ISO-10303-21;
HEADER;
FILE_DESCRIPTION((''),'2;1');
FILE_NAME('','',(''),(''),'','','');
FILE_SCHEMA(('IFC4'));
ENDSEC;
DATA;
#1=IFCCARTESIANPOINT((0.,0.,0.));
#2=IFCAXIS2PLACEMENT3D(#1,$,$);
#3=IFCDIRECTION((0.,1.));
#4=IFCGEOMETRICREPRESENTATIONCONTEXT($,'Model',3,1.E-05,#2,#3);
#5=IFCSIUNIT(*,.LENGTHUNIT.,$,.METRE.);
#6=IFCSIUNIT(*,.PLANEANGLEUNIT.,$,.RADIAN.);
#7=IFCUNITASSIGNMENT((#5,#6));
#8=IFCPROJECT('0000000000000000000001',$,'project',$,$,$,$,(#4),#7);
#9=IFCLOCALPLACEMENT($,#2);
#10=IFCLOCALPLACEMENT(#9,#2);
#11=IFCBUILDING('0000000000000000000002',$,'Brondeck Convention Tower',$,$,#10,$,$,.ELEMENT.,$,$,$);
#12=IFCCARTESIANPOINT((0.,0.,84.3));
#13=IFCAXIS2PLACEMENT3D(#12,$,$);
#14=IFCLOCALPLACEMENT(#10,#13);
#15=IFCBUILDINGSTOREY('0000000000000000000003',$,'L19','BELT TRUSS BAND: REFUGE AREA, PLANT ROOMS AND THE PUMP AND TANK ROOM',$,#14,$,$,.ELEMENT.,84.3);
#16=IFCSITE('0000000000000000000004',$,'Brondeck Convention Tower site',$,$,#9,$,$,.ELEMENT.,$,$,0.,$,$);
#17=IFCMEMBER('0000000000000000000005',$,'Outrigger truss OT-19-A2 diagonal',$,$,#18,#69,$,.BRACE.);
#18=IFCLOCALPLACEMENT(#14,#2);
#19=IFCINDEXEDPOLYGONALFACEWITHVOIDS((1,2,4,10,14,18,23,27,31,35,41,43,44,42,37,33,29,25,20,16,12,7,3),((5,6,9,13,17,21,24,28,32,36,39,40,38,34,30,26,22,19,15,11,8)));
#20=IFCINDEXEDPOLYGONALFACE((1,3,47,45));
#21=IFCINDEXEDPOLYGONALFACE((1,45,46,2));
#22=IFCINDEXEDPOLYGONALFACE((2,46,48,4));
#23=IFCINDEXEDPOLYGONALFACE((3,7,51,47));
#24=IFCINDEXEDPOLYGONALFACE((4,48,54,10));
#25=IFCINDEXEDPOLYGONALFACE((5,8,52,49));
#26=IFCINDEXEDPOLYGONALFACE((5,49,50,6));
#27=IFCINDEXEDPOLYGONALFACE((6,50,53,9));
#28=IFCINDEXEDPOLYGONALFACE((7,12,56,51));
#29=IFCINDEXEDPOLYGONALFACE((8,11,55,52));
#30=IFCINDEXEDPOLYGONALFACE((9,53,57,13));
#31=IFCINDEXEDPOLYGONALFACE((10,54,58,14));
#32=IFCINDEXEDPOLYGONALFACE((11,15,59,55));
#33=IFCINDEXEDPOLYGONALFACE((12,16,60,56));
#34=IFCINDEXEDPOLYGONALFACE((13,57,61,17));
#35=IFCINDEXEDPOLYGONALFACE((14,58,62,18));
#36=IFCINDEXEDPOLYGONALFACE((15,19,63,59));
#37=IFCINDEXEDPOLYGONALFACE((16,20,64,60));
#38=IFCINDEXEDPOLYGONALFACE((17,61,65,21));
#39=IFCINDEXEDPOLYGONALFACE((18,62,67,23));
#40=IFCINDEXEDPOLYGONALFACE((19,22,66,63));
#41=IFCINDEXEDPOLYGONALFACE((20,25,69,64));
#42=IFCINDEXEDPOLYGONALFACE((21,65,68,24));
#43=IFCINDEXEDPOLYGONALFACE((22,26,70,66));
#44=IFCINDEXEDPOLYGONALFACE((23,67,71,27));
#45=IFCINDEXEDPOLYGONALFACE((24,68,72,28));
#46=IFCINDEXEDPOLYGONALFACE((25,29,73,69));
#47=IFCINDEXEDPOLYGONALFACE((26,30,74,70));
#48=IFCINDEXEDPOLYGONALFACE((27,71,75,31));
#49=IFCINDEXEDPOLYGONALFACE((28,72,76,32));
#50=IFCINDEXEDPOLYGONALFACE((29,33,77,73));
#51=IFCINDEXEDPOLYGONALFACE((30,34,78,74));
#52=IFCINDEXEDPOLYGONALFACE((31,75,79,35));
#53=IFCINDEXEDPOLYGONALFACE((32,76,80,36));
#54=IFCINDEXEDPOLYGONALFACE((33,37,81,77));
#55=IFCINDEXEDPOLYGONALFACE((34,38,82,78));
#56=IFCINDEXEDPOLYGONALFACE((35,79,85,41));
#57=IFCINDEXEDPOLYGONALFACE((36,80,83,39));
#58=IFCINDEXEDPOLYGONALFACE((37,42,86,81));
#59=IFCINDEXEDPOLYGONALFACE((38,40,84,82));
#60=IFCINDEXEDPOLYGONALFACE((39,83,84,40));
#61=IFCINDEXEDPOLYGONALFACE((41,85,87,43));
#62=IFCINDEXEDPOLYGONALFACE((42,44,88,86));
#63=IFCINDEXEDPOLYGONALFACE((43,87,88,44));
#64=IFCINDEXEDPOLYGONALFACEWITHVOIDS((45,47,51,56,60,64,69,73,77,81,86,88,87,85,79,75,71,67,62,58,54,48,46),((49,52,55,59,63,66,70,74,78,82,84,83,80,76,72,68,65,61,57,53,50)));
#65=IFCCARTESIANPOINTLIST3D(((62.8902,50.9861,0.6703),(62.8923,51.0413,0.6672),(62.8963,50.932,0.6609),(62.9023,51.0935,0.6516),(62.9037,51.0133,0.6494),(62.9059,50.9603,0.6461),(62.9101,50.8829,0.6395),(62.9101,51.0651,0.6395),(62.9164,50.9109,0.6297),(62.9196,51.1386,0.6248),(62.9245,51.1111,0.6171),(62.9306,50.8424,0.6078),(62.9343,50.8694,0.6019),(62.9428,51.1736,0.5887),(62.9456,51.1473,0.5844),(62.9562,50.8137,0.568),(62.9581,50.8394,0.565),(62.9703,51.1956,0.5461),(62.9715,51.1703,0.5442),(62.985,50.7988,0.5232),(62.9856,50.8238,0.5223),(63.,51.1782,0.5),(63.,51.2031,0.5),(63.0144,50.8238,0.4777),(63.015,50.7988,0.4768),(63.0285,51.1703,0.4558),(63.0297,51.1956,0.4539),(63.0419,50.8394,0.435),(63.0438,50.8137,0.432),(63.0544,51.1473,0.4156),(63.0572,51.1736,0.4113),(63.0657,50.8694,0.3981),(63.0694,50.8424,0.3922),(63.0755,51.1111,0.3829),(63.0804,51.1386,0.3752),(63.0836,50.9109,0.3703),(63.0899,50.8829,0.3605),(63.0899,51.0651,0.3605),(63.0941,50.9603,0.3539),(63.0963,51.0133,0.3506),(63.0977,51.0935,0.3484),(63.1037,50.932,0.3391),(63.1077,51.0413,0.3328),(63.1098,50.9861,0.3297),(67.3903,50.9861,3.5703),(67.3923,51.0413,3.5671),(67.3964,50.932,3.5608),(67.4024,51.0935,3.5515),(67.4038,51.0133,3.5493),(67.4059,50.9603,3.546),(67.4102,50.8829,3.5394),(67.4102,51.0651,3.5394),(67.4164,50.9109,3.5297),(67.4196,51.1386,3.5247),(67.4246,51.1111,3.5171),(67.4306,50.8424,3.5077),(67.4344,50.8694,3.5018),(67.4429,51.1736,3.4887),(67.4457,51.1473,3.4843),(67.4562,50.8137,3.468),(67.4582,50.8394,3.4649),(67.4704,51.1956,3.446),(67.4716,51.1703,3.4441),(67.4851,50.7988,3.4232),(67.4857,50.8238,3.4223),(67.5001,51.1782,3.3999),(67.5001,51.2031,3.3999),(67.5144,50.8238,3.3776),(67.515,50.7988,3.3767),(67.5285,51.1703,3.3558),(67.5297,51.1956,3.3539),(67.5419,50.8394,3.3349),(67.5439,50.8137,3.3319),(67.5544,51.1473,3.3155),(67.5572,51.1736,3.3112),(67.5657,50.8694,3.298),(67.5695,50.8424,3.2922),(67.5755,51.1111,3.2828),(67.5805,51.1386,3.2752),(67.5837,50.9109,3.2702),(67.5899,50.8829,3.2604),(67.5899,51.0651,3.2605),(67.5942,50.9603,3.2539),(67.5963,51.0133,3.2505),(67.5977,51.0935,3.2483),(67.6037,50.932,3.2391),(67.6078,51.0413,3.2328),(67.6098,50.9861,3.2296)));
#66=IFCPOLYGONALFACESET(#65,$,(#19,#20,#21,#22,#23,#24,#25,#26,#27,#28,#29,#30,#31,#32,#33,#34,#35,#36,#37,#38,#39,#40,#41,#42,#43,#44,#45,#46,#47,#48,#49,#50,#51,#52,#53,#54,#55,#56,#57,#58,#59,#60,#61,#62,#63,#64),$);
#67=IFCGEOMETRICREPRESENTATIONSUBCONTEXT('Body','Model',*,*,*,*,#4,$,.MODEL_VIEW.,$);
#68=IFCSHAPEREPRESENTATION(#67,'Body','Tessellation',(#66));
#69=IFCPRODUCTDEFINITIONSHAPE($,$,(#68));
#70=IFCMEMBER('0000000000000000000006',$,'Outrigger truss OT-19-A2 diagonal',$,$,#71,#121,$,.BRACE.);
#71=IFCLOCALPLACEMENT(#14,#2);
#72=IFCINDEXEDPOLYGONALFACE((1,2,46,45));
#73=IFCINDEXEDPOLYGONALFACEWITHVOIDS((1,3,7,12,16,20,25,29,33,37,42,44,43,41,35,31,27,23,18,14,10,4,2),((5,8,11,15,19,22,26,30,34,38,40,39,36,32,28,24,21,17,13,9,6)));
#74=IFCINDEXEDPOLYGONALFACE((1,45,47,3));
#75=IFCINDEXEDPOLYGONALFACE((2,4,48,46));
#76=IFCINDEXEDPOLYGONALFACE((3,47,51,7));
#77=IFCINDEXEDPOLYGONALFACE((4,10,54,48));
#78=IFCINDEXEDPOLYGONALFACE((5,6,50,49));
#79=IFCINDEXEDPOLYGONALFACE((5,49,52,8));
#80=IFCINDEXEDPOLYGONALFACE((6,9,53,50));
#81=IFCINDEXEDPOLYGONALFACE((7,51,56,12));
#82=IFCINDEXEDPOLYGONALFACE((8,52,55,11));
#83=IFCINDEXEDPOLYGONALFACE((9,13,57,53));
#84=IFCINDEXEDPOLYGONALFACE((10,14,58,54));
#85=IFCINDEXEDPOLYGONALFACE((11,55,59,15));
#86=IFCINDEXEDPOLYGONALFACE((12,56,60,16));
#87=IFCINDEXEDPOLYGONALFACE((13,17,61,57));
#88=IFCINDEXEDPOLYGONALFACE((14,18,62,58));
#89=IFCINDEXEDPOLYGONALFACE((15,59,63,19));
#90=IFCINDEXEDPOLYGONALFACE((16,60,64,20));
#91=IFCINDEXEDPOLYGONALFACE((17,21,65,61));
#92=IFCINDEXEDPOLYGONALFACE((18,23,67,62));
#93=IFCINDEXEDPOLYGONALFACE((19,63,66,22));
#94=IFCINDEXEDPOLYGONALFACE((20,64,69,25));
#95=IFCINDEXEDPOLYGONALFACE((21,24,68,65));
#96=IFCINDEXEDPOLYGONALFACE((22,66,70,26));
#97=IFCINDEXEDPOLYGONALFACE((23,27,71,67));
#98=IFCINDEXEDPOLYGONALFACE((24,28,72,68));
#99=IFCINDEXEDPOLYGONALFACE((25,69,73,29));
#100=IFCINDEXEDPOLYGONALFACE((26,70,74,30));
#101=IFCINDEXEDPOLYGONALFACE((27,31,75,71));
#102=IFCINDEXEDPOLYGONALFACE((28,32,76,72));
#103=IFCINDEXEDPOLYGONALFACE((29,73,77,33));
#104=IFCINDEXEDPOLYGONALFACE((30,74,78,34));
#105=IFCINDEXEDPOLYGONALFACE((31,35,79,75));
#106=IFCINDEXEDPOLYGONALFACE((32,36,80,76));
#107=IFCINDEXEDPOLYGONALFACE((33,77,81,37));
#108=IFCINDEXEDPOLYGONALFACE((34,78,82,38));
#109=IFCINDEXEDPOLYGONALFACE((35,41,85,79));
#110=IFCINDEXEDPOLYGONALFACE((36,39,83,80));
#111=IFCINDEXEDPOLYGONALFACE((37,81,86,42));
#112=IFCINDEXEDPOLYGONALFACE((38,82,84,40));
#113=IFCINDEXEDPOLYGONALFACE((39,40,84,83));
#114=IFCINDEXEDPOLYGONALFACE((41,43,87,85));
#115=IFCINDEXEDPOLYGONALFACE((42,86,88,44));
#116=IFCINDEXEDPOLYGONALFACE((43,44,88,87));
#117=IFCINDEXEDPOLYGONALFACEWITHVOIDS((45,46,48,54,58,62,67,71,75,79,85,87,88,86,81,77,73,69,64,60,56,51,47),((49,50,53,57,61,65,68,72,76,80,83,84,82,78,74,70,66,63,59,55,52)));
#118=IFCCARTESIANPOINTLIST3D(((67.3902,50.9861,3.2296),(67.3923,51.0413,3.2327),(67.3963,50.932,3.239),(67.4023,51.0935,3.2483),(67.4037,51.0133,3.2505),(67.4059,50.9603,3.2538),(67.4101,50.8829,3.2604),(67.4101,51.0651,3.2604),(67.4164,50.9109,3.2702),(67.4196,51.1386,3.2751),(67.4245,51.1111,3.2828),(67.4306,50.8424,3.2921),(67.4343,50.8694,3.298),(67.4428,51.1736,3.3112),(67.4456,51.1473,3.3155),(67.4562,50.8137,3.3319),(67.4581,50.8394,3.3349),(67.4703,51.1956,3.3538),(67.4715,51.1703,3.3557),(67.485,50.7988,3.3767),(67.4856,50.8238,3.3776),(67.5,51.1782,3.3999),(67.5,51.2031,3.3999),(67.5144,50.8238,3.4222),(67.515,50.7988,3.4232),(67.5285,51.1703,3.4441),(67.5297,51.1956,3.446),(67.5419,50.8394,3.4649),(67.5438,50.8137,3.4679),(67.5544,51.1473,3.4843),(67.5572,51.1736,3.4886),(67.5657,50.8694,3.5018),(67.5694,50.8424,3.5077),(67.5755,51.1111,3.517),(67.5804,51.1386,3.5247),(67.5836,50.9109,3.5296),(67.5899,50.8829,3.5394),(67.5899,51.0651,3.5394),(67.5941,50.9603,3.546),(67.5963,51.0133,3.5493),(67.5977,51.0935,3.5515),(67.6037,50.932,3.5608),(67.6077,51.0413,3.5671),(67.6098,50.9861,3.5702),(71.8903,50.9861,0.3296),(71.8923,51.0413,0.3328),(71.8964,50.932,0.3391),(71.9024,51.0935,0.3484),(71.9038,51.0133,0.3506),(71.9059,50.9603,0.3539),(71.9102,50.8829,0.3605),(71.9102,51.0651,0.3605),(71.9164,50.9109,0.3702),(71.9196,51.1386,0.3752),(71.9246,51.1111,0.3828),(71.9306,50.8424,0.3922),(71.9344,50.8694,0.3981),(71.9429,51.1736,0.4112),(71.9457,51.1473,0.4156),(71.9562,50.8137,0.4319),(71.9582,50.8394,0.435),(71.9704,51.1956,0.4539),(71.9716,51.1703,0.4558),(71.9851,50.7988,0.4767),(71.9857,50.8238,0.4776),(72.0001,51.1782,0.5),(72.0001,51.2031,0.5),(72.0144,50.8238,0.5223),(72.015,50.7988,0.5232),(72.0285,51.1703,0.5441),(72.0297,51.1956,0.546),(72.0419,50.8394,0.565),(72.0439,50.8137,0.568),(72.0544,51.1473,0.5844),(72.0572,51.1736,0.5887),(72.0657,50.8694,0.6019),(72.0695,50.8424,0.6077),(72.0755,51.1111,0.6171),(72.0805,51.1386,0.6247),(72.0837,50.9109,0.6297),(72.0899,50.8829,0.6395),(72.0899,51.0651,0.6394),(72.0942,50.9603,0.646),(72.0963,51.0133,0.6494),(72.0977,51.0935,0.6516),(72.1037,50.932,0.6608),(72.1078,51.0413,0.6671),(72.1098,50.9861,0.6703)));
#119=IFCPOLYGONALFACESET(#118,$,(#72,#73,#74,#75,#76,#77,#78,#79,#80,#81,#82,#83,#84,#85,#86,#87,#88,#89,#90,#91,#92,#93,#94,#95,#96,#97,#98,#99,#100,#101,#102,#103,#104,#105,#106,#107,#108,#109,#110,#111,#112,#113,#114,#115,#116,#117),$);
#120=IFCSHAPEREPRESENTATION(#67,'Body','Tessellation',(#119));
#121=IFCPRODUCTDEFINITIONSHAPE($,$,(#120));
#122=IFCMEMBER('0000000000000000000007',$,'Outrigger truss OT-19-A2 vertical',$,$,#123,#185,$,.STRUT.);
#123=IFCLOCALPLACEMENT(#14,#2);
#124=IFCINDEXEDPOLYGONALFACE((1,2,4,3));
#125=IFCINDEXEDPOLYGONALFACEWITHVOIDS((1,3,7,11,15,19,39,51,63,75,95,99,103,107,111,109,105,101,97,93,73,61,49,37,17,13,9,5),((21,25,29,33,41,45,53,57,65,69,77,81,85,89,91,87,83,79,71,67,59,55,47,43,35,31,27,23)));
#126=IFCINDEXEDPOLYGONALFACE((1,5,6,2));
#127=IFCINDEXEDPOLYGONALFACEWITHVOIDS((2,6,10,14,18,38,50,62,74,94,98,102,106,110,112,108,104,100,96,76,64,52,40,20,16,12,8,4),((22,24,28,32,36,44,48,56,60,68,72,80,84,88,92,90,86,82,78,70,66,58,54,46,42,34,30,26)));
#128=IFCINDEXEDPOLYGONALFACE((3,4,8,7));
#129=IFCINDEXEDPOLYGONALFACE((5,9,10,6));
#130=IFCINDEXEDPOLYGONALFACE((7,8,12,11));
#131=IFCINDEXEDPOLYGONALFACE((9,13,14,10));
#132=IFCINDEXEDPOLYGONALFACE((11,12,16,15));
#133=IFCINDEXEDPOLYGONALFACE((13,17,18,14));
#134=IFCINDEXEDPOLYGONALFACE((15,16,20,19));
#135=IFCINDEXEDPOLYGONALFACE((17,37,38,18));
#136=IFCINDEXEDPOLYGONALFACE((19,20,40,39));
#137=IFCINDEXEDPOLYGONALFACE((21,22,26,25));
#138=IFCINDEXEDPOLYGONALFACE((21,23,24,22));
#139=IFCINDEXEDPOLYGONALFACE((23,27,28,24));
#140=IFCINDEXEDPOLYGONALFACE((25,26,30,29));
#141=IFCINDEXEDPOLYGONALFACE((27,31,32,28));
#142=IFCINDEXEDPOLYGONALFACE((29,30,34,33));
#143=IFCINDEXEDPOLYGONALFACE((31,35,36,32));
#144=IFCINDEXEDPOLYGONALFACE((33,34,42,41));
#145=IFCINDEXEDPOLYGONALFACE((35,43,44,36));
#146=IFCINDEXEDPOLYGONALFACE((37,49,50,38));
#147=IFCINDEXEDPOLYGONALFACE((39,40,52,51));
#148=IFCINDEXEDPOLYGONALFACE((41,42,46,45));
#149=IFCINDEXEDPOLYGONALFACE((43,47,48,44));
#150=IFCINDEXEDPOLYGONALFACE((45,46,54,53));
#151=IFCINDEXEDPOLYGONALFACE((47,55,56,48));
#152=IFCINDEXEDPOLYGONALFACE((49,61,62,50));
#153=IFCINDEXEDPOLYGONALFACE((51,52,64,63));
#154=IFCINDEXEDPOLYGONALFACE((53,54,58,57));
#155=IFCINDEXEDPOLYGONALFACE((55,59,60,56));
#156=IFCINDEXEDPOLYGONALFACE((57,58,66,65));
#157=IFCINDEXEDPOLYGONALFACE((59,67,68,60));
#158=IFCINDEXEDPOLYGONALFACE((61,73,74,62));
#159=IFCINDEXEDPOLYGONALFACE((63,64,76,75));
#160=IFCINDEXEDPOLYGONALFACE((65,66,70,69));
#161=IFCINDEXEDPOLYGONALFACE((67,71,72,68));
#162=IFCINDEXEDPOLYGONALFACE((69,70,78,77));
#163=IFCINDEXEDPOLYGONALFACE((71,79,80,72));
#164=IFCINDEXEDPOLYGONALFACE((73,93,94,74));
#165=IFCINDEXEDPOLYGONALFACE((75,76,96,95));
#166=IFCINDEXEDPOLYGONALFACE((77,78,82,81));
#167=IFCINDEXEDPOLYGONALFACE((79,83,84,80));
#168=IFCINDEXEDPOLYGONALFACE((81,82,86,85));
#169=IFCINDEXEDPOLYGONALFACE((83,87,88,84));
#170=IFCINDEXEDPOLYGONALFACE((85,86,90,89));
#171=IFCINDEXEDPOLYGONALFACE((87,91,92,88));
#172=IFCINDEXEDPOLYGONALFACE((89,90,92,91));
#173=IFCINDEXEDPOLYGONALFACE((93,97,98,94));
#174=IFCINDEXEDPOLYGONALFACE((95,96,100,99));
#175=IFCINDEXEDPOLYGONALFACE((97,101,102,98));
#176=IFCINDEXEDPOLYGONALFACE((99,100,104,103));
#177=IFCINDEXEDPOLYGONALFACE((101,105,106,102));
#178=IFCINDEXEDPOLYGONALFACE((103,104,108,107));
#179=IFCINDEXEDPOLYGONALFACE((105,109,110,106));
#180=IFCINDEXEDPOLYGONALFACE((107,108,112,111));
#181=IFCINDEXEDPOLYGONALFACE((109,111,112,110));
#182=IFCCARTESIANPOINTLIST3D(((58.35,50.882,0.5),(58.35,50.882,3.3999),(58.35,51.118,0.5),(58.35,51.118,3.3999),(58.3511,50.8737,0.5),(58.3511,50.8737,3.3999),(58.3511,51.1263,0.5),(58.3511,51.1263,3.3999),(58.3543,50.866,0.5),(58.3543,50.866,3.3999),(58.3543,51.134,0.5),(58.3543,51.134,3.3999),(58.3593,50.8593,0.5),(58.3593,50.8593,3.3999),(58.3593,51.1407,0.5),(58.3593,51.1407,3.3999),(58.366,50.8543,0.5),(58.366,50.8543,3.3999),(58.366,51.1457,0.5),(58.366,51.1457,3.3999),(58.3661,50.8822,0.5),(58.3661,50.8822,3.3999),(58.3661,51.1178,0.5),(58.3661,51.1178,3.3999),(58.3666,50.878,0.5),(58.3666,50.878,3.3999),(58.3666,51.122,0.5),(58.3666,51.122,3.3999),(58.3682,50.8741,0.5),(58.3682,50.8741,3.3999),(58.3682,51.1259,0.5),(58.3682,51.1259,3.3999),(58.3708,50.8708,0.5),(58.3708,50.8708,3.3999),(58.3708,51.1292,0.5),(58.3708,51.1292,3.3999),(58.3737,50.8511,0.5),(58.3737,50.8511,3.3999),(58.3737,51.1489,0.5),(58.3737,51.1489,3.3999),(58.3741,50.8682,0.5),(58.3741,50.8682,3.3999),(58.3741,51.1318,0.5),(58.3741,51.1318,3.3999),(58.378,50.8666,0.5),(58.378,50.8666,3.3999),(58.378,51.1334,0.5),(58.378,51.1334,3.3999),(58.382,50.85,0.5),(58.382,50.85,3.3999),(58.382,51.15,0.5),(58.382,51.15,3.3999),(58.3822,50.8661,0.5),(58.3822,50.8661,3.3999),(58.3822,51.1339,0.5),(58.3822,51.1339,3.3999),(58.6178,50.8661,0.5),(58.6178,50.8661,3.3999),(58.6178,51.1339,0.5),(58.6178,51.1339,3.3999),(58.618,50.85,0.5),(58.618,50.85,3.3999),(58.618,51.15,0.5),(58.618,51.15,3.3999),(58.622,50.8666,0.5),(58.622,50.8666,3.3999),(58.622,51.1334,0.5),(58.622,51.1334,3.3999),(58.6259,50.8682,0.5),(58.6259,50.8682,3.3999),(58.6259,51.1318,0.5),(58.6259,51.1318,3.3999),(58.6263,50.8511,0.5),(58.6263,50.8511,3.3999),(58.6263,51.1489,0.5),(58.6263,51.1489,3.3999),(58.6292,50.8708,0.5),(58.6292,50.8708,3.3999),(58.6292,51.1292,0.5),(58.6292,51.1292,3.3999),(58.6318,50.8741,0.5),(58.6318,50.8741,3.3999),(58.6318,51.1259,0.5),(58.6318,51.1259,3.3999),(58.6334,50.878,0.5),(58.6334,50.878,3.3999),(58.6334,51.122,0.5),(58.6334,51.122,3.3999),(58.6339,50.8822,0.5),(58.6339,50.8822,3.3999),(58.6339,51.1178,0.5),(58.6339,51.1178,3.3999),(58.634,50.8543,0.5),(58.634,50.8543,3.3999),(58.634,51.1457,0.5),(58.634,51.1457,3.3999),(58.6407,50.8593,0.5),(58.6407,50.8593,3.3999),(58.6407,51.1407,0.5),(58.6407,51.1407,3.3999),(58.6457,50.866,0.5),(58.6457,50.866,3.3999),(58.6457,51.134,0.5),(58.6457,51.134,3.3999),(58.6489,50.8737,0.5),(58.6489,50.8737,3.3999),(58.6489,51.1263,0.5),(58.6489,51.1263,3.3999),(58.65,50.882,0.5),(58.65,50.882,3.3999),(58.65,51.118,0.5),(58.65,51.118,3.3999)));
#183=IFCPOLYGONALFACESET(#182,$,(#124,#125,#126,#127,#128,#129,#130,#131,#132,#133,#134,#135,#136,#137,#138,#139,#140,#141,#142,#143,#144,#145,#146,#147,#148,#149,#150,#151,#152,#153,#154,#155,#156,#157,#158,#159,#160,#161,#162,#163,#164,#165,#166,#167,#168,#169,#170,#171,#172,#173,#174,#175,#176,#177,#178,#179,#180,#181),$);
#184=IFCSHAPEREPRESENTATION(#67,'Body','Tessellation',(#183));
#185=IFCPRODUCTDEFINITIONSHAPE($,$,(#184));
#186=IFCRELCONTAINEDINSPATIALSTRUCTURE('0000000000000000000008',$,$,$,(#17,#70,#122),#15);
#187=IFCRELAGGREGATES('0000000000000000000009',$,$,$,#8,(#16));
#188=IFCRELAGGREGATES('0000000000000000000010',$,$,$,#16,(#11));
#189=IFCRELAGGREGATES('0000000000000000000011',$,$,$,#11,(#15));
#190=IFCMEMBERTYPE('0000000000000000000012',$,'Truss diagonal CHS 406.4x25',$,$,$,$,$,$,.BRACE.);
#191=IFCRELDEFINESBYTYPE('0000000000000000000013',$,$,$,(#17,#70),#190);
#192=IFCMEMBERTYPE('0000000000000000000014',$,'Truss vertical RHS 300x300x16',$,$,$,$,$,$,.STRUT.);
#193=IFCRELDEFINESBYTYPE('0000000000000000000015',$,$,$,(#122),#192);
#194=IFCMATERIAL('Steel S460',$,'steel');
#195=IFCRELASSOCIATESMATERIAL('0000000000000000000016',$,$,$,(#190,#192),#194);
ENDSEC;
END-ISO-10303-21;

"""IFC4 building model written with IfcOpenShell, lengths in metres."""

from ifc_helpers import new_model, si_unit, direction, frame, origin, origin_2d, place, context, subcontext, project, spatial, hollow_rectangle, hollow_circle, extrude, material, material_profile, profile_set, type_object, element, save


model = new_model("IFC4")

# Units and contexts
model_context = context("Model", 3, precision=1e-05, world=origin(), true_north=direction((0.0, 1.0)))
body_context = subcontext(model_context, "Body", "Model", "MODEL_VIEW")
ifc_project = project(units=[si_unit("LENGTHUNIT", "METRE"), si_unit("PLANEANGLEUNIT", "RADIAN")], contexts=[model_context])

# Site, building, storey
site_placement = place(None, origin())
site = spatial("IfcSite", under=ifc_project, at=site_placement, Name="Brondeck Convention Tower site", CompositionType="ELEMENT", RefElevation=0.0)
building_placement = place(site_placement, origin())
building = spatial("IfcBuilding", under=site, at=building_placement, Name="Brondeck Convention Tower", CompositionType="ELEMENT")
storey_placement = place(building_placement, frame((0.0, 0.0, 84.3)))
storey = spatial("IfcBuildingStorey", under=building, at=storey_placement, Name="L19", Description="BELT TRUSS BAND: REFUGE AREA, PLANT ROOMS AND THE PUMP AND TANK ROOM", CompositionType="ELEMENT", Elevation=84.3)

# Shared definitions
ifc_material_1 = material(Name="Steel S460", Category="steel")

# Members
ifc_material_profile_1 = material_profile(ifc_material_1, hollow_circle(Radius=0.2031, WallThickness=0.0249, at=origin_2d()), Name="CHS 406.4x25")
ifc_profile_set_1 = profile_set([ifc_material_profile_1], Name="Steel S460")
member_type_1 = type_object("IfcMemberType", Name="Truss diagonal CHS 406.4x25", PredefinedType="BRACE", material=ifc_profile_set_1)
for number, where, z_axis, x_axis, name in (
    (1, (63.0, 51.0, 0.5), (0.840579, 0.0, 0.541688), (0.0, 1.0, 0.0), "Outrigger truss OT-19-A2 diagonal"),
    (2, (67.5, 51.0, 3.3999), (0.840579, 0.0, -0.541688), (0.0, 1.0, 0.0), "Outrigger truss OT-19-A2 diagonal"),
):
    element("IfcMember", number, at=place(storey_placement, frame(where, z_axis=z_axis, x_axis=x_axis)), inside=storey, type_object=member_type_1, Name=name, PredefinedType="BRACE", context=body_context, shape_type="SweptSolid", body=[
        extrude(hollow_circle(Radius=0.2031, WallThickness=0.0249, at=origin_2d()), origin(), (0.0, 0.0, 1.0), 5.3535),
    ])
ifc_material_profile_2 = material_profile(ifc_material_1, hollow_rectangle(XDim=0.3, YDim=0.3, WallThickness=0.0161, InnerFilletRadius=0.0161, OuterFilletRadius=0.032, at=origin_2d()), Name="RHS 300x300x16")
ifc_profile_set_2 = profile_set([ifc_material_profile_2], Name="Steel S460")
member_type_2 = type_object("IfcMemberType", Name="Truss vertical RHS 300x300x16", PredefinedType="STRUT", material=ifc_profile_set_2)
for number, where, z_axis, x_axis, name in (
    (3, (58.5, 51.0, 0.5), (0.0, 0.0, 1.0), (1.0, 0.0, 0.0), "Outrigger truss OT-19-A2 vertical"),
):
    element("IfcMember", number, at=place(storey_placement, frame(where, z_axis=z_axis, x_axis=x_axis)), inside=storey, type_object=member_type_2, Name=name, PredefinedType="STRUT", context=body_context, shape_type="SweptSolid", body=[
        extrude(hollow_rectangle(XDim=0.3, YDim=0.3, WallThickness=0.0161, InnerFilletRadius=0.0161, OuterFilletRadius=0.032, at=origin_2d()), origin(), (0.0, 0.0, 1.0), 2.8999),
    ])

save(model, "model.ifc")
